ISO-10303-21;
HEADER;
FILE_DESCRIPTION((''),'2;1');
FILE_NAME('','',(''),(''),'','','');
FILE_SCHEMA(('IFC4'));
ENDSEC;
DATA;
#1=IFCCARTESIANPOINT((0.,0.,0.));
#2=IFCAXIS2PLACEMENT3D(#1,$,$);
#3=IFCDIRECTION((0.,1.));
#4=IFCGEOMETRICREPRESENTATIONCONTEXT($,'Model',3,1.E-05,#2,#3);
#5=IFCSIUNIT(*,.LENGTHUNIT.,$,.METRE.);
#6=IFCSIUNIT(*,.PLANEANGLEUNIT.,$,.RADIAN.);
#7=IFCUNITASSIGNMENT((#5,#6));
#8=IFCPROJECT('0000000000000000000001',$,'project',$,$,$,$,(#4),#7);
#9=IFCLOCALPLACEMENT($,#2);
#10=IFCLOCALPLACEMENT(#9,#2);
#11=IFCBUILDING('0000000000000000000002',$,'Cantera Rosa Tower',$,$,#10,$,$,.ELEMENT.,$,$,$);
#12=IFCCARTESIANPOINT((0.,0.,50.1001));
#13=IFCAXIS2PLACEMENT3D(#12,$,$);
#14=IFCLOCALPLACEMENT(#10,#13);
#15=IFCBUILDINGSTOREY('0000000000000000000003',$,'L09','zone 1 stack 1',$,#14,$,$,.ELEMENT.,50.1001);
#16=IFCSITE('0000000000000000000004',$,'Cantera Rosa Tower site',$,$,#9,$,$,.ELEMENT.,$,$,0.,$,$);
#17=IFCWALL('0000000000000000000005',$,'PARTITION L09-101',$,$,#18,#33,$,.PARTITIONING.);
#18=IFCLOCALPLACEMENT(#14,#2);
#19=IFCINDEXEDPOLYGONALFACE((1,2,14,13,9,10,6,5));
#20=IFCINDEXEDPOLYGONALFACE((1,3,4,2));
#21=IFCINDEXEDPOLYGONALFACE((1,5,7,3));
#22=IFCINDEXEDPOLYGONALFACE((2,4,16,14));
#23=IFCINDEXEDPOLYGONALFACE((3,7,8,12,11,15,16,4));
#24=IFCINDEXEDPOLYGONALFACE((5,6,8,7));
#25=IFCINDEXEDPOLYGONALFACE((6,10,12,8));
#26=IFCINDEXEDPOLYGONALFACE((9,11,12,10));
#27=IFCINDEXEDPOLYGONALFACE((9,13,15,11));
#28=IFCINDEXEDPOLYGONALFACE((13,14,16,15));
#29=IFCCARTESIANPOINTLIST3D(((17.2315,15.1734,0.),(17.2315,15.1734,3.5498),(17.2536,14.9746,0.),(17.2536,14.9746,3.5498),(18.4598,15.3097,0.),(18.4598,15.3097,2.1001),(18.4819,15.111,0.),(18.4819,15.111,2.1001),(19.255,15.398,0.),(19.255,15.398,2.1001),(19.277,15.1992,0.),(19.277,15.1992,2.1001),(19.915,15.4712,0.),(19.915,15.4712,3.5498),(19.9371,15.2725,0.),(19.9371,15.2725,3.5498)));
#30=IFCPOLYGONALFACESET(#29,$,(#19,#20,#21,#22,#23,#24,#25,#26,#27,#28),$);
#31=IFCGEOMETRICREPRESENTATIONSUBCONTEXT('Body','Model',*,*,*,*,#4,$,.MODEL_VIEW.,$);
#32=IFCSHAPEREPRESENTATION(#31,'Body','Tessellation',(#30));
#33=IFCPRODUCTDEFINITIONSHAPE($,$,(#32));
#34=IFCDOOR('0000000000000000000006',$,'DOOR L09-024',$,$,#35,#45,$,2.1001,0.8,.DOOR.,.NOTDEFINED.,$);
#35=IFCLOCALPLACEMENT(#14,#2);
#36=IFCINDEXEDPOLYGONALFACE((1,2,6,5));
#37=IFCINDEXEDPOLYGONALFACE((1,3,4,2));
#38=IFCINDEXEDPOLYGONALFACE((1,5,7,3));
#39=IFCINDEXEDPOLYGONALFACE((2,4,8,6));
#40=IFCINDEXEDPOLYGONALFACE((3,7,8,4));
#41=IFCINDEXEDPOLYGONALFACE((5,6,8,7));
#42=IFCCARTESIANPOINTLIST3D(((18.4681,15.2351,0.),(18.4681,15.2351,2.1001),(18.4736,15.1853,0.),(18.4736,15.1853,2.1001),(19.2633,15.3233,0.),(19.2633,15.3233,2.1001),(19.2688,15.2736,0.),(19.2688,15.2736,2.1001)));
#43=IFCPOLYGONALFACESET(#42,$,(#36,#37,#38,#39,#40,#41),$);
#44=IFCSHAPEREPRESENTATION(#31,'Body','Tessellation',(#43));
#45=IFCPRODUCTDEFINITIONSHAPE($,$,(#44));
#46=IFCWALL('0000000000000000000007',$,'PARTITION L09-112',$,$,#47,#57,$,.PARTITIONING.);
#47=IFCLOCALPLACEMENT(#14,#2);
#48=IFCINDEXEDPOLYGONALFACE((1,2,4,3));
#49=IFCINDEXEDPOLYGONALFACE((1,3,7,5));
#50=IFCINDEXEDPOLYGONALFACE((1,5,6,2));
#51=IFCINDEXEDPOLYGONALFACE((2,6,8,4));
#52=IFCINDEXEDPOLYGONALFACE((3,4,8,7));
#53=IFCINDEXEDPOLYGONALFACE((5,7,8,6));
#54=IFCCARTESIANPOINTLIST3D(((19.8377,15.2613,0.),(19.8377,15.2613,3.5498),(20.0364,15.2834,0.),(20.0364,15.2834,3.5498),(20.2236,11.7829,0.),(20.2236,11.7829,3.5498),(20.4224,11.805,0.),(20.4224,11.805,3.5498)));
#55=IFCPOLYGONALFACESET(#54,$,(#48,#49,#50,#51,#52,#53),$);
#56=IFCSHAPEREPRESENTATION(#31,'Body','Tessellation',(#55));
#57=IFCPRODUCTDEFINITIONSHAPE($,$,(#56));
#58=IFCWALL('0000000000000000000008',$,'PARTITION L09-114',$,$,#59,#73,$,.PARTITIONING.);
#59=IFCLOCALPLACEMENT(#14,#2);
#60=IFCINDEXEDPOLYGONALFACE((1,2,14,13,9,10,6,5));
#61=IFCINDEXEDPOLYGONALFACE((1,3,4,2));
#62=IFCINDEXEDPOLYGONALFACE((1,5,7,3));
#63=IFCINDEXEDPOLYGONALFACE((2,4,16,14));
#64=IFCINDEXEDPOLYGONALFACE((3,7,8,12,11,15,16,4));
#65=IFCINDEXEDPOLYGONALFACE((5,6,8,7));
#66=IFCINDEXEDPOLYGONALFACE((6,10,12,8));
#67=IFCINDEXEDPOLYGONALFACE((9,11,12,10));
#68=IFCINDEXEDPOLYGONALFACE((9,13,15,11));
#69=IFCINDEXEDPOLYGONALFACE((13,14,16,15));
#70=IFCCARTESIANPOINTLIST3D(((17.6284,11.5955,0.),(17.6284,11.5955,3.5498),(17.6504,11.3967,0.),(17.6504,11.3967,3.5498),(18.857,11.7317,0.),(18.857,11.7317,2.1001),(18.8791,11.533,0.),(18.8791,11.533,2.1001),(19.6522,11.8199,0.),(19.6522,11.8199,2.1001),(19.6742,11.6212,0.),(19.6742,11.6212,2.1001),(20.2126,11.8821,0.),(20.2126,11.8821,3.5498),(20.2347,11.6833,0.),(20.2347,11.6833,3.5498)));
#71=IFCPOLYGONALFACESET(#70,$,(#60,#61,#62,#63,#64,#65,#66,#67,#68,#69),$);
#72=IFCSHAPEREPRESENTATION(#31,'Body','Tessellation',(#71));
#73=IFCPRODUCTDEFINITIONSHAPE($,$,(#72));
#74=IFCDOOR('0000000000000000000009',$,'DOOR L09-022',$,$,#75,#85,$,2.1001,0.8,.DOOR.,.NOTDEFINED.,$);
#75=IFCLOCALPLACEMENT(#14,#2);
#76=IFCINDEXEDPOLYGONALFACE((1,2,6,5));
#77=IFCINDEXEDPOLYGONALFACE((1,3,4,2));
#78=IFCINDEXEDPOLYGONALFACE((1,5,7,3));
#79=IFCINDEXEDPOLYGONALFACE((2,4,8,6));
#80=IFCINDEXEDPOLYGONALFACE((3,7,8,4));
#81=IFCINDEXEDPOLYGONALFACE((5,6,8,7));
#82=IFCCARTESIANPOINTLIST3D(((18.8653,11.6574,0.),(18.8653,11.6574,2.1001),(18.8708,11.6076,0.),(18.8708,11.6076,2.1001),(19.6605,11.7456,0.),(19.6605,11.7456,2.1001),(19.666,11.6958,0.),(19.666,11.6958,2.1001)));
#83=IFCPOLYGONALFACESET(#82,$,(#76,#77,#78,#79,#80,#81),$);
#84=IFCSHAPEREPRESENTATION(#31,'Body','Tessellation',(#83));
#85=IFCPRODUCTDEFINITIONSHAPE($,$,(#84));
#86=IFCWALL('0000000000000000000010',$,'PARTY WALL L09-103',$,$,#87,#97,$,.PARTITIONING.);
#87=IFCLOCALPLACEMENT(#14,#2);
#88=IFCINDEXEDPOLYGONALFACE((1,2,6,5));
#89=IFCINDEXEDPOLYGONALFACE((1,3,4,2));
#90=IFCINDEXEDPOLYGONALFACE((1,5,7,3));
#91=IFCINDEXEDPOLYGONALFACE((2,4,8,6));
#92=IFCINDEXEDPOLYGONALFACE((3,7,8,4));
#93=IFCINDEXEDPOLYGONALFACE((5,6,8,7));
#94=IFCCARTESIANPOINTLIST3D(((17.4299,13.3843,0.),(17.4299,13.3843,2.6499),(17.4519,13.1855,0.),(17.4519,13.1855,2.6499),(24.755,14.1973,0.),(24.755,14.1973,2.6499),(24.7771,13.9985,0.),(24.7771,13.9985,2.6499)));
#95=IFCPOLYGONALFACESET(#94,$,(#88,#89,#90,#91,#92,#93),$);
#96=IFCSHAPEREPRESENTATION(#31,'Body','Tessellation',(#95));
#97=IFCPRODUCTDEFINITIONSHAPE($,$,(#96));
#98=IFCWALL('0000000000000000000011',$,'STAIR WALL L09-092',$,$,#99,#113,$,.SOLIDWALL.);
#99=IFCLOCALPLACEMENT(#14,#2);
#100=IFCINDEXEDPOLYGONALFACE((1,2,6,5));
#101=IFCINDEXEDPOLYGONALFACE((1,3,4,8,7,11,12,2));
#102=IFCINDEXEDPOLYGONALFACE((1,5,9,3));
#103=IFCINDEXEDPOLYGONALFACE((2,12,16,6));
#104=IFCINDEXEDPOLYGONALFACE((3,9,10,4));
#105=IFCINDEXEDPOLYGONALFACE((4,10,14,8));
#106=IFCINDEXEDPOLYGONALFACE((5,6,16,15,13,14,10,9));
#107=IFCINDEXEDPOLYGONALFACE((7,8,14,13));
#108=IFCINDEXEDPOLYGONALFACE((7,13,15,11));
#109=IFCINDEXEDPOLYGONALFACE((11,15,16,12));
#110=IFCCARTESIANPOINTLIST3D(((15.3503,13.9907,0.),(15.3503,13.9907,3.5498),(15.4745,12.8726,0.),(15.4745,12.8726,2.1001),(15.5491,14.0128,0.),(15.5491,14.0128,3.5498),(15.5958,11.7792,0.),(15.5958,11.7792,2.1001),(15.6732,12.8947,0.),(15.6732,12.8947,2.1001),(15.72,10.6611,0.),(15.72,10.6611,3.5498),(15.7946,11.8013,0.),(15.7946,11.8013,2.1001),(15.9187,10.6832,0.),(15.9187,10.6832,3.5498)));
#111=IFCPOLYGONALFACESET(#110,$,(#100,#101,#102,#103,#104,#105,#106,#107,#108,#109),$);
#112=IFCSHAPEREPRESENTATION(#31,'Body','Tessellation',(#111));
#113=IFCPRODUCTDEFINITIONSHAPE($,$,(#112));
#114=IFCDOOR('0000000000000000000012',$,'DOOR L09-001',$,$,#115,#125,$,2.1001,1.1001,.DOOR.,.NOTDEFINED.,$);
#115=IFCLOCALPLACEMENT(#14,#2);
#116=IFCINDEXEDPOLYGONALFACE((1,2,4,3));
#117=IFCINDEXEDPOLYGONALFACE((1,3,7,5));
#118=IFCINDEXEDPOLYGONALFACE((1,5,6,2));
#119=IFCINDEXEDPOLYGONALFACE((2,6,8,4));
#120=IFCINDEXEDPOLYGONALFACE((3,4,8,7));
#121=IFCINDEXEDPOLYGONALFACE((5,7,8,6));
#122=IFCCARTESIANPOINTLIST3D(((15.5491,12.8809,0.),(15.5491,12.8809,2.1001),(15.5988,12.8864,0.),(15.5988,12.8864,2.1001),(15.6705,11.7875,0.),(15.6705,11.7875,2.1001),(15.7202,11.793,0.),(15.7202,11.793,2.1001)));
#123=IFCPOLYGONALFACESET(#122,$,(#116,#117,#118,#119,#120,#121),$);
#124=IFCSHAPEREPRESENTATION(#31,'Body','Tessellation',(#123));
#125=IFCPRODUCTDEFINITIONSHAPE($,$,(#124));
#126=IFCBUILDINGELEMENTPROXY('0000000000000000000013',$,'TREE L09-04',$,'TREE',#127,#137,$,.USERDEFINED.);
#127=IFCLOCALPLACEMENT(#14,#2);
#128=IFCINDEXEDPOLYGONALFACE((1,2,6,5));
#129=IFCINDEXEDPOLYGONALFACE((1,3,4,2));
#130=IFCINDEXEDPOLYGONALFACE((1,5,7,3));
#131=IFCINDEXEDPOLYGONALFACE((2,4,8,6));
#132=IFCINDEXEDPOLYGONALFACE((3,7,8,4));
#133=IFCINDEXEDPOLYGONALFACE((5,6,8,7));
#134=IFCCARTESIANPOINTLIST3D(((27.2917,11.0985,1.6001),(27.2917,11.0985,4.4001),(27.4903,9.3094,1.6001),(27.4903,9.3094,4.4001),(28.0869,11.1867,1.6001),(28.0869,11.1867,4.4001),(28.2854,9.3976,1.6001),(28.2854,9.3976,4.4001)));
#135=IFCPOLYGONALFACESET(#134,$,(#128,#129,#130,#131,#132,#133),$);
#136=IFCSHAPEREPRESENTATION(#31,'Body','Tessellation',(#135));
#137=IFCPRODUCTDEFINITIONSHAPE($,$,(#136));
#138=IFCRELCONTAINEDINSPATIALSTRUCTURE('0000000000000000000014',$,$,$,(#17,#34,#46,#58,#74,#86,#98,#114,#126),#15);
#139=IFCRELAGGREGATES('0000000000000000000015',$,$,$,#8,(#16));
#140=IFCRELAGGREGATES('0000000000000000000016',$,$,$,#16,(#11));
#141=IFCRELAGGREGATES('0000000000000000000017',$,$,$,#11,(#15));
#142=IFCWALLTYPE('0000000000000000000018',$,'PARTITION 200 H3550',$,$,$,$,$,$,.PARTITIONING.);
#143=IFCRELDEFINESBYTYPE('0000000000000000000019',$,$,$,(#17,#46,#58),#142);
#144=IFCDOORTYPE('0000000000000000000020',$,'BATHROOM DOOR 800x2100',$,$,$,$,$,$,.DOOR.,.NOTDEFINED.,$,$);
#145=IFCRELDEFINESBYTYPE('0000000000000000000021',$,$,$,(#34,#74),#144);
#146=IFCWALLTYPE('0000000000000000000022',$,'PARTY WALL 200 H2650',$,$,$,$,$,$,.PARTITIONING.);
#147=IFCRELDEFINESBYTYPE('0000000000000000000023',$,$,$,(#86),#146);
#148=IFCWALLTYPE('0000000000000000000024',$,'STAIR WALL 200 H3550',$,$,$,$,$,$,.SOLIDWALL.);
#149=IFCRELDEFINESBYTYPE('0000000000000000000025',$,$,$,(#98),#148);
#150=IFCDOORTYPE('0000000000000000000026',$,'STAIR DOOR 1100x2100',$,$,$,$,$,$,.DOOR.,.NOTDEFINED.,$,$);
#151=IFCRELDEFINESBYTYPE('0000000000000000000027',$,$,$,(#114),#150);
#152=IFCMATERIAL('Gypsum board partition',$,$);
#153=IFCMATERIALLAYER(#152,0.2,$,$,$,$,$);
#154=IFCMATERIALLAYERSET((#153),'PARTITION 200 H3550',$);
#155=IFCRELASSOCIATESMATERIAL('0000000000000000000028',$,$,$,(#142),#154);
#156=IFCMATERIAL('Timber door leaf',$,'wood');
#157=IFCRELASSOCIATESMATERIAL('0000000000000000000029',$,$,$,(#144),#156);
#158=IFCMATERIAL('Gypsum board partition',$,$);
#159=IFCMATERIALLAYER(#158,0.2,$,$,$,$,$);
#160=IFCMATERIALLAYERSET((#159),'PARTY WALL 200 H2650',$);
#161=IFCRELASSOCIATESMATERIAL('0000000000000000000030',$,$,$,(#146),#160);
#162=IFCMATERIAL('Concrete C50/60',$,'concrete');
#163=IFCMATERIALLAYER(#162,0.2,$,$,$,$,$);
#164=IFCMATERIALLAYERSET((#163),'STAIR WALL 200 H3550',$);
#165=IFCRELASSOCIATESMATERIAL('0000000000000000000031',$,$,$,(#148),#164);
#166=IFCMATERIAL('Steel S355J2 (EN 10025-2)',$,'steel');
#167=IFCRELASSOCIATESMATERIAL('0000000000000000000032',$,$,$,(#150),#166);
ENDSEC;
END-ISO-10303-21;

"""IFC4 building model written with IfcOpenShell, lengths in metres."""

from ifc_helpers import new_model, si_unit, direction, frame, frame_2d, origin, origin_2d, place, context, subcontext, project, spatial, rectangle, extrude, material, layer, layer_set, type_object, element, fill, save


model = new_model("IFC4")

# Units and contexts
model_context = context("Model", 3, precision=1e-05, world=origin(), true_north=direction((0.0, 1.0)))
body_context = subcontext(model_context, "Body", "Model", "MODEL_VIEW")
ifc_project = project(units=[si_unit("LENGTHUNIT", "METRE"), si_unit("PLANEANGLEUNIT", "RADIAN")], contexts=[model_context])

# Site, building, storey
site_placement = place(None, origin())
site = spatial("IfcSite", under=ifc_project, at=site_placement, Name="Cantera Rosa Tower site", CompositionType="ELEMENT", RefElevation=0.0)
building_placement = place(site_placement, origin())
building = spatial("IfcBuilding", under=site, at=building_placement, Name="Cantera Rosa Tower", CompositionType="ELEMENT")
storey_placement = place(building_placement, frame((0.0, 0.0, 50.1001)))
storey = spatial("IfcBuildingStorey", under=building, at=storey_placement, Name="L09", Description="zone 1 stack 1", CompositionType="ELEMENT", Elevation=50.1001)

# Wall, opening, door
ifc_material_1 = material(Name="Gypsum board partition")
ifc_layer_1 = layer(ifc_material_1, 0.2)
ifc_layer_set_1 = layer_set([ifc_layer_1], Name="PARTITION 200 H3550")
wall_type_1 = type_object("IfcWallType", Name="PARTITION 200 H3550", PredefinedType="PARTITIONING", material=ifc_layer_set_1)
wall_1_placement = place(storey_placement, frame((17.2424, 15.074, 0.0), z_axis=(0.0, 0.0, 1.0), x_axis=(0.993896, 0.110322, 0.0)))
wall_1 = element("IfcWall", 1, at=wall_1_placement, inside=storey, type_object=wall_type_1, Name="PARTITION L09-101", PredefinedType="PARTITIONING", context=body_context, shape_type="SweptSolid", body=[
    extrude(rectangle(XDim=2.7, YDim=0.2, at=frame_2d((1.3501, 0.0))), origin(), (0.0, 0.0, 1.0), 3.5498),
])
opening_1_placement = place(wall_1_placement, frame((1.2361, 0.0, 0.0)))
opening_1 = element("IfcOpeningElement", 2, at=opening_1_placement, cuts=wall_1, PredefinedType="OPENING", context=body_context, shape_type="SweptSolid", body=[
    extrude(rectangle(XDim=0.8, YDim=2.1001, at=frame_2d((0.3999, 1.05))), frame((0.0, 0.1099, 0.0), z_axis=(0.0, -1.0, 0.0), x_axis=(1.0, 0.0, 0.0)), (0.0, 0.0, 1.0), 0.22),
])
ifc_material_2 = material(Name="Timber door leaf", Category="wood")
door_type_1 = type_object("IfcDoorType", Name="BATHROOM DOOR 800x2100", OperationType="NOTDEFINED", PredefinedType="DOOR", material=ifc_material_2)
door_1_placement = place(opening_1_placement, origin())
door_1 = element("IfcDoor", 3, at=door_1_placement, inside=storey, type_object=door_type_1, Name="DOOR L09-024", OperationType="NOTDEFINED", OverallHeight=2.1001, OverallWidth=0.8, PredefinedType="DOOR", context=body_context, shape_type="SweptSolid", body=[
    extrude(rectangle(XDim=0.8, YDim=2.1001, at=frame_2d((0.3999, 1.05))), frame((0.0, 0.0249, 0.0), z_axis=(0.0, -1.0, 0.0), x_axis=(1.0, 0.0, 0.0)), (0.0, 0.0, 1.0), 0.05),
])
fill(opening_1, door_1)

# Wall
wall_2_placement = place(storey_placement, frame((19.937, 15.2725, 0.0), z_axis=(0.0, 0.0, 1.0), x_axis=(0.110286, -0.9939, 0.0)))
element("IfcWall", 4, at=wall_2_placement, inside=storey, type_object=wall_type_1, Name="PARTITION L09-112", PredefinedType="PARTITIONING", context=body_context, shape_type="SweptSolid", body=[
    extrude(rectangle(XDim=3.4998, YDim=0.2, at=frame_2d((1.75, 0.0))), origin(), (0.0, 0.0, 1.0), 3.5498),
])

# Wall, opening, door
wall_3_placement = place(storey_placement, frame((20.2236, 11.7827, 0.0), z_axis=(0.0, 0.0, 1.0), x_axis=(-0.993905, -0.110236, 0.0)))
wall_3 = element("IfcWall", 5, at=wall_3_placement, inside=storey, type_object=wall_type_1, Name="PARTITION L09-114", PredefinedType="PARTITIONING", context=body_context, shape_type="SweptSolid", body=[
    extrude(rectangle(XDim=2.6001, YDim=0.2, at=frame_2d((1.3, 0.0))), origin(), (0.0, 0.0, 1.0), 3.5498),
])
opening_2_placement = place(wall_3_placement, frame((0.564, 0.0, 0.0)))
opening_2 = element("IfcOpeningElement", 6, at=opening_2_placement, cuts=wall_3, PredefinedType="OPENING", context=body_context, shape_type="SweptSolid", body=[
    extrude(rectangle(XDim=0.8, YDim=2.1001, at=frame_2d((0.3999, 1.05))), frame((0.0, 0.1099, 0.0), z_axis=(0.0, -1.0, 0.0), x_axis=(1.0, 0.0, 0.0)), (0.0, 0.0, 1.0), 0.22),
])
door_2_placement = place(opening_2_placement, origin())
door_2 = element("IfcDoor", 7, at=door_2_placement, inside=storey, type_object=door_type_1, Name="DOOR L09-022", OperationType="NOTDEFINED", OverallHeight=2.1001, OverallWidth=0.8, PredefinedType="DOOR", context=body_context, shape_type="SweptSolid", body=[
    extrude(rectangle(XDim=0.8, YDim=2.1001, at=frame_2d((0.3999, 1.05))), frame((0.0, 0.0249, 0.0), z_axis=(0.0, -1.0, 0.0), x_axis=(1.0, 0.0, 0.0)), (0.0, 0.0, 1.0), 0.05),
])
fill(opening_2, door_2)

# Wall
ifc_material_3 = material(Name="Gypsum board partition")
ifc_layer_2 = layer(ifc_material_3, 0.2)
ifc_layer_set_2 = layer_set([ifc_layer_2], Name="PARTY WALL 200 H2650")
wall_type_2 = type_object("IfcWallType", Name="PARTY WALL 200 H2650", PredefinedType="PARTITIONING", material=ifc_layer_set_2)
wall_4_placement = place(storey_placement, frame((17.4409, 13.2849, 0.0), z_axis=(0.0, 0.0, 1.0), x_axis=(0.993897, 0.110308, 0.0)))
element("IfcWall", 8, at=wall_4_placement, inside=storey, type_object=wall_type_2, Name="PARTY WALL L09-103", PredefinedType="PARTITIONING", context=body_context, shape_type="SweptSolid", body=[
    extrude(rectangle(XDim=7.3701, YDim=0.2, at=frame_2d((3.6851, 0.0))), origin(), (0.0, 0.0, 1.0), 2.6499),
])

# Wall, opening, door
ifc_material_4 = material(Name="Concrete C50/60", Category="concrete")
ifc_layer_3 = layer(ifc_material_4, 0.2)
ifc_layer_set_3 = layer_set([ifc_layer_3], Name="STAIR WALL 200 H3550")
wall_type_3 = type_object("IfcWallType", Name="STAIR WALL 200 H3550", PredefinedType="SOLIDWALL", material=ifc_layer_set_3)
wall_5_placement = place(storey_placement, frame((15.8193, 10.6721, 0.0), z_axis=(0.0, 0.0, 1.0), x_axis=(-0.110336, 0.993894, 0.0)))
wall_5 = element("IfcWall", 9, at=wall_5_placement, inside=storey, type_object=wall_type_3, Name="STAIR WALL L09-092", PredefinedType="SOLIDWALL", context=body_context, shape_type="SweptSolid", body=[
    extrude(rectangle(XDim=3.3501, YDim=0.2, at=frame_2d((1.675, 0.0))), origin(), (0.0, 0.0, 1.0), 3.5498),
])
opening_3_placement = place(wall_5_placement, frame((1.125, 0.0, 0.0)))
opening_3 = element("IfcOpeningElement", 10, at=opening_3_placement, cuts=wall_5, PredefinedType="OPENING", context=body_context, shape_type="SweptSolid", body=[
    extrude(rectangle(XDim=1.1001, YDim=2.1001, at=frame_2d((0.55, 1.05))), frame((0.0, 0.1099, 0.0), z_axis=(0.0, -1.0, 0.0), x_axis=(1.0, 0.0, 0.0)), (0.0, 0.0, 1.0), 0.22),
])
ifc_material_5 = material(Name="Steel S355J2 (EN 10025-2)", Category="steel")
door_type_2 = type_object("IfcDoorType", Name="STAIR DOOR 1100x2100", OperationType="NOTDEFINED", PredefinedType="DOOR", material=ifc_material_5)
door_3_placement = place(opening_3_placement, origin())
door_3 = element("IfcDoor", 11, at=door_3_placement, inside=storey, type_object=door_type_2, Name="DOOR L09-001", OperationType="NOTDEFINED", OverallHeight=2.1001, OverallWidth=1.1001, PredefinedType="DOOR", context=body_context, shape_type="SweptSolid", body=[
    extrude(rectangle(XDim=1.1001, YDim=2.1001, at=frame_2d((0.55, 1.05))), frame((0.0, 0.0249, 0.0), z_axis=(0.0, -1.0, 0.0), x_axis=(1.0, 0.0, 0.0)), (0.0, 0.0, 1.0), 0.05),
])
fill(opening_3, door_3)

# Building element proxy
proxy_placement = place(storey_placement, frame((27.7886, 10.248, 1.6001), z_axis=(0.0, 0.0, 1.0), x_axis=(-0.110313, 0.993897, 0.0)))
element("IfcBuildingElementProxy", 12, at=proxy_placement, inside=storey, Name="TREE L09-04", ObjectType="TREE", PredefinedType="USERDEFINED", context=body_context, shape_type="SweptSolid", body=[
    extrude(rectangle(XDim=1.8, YDim=0.8, at=origin_2d()), origin(), (0.0, 0.0, 1.0), 2.8),
])

save(model, "model.ifc")
